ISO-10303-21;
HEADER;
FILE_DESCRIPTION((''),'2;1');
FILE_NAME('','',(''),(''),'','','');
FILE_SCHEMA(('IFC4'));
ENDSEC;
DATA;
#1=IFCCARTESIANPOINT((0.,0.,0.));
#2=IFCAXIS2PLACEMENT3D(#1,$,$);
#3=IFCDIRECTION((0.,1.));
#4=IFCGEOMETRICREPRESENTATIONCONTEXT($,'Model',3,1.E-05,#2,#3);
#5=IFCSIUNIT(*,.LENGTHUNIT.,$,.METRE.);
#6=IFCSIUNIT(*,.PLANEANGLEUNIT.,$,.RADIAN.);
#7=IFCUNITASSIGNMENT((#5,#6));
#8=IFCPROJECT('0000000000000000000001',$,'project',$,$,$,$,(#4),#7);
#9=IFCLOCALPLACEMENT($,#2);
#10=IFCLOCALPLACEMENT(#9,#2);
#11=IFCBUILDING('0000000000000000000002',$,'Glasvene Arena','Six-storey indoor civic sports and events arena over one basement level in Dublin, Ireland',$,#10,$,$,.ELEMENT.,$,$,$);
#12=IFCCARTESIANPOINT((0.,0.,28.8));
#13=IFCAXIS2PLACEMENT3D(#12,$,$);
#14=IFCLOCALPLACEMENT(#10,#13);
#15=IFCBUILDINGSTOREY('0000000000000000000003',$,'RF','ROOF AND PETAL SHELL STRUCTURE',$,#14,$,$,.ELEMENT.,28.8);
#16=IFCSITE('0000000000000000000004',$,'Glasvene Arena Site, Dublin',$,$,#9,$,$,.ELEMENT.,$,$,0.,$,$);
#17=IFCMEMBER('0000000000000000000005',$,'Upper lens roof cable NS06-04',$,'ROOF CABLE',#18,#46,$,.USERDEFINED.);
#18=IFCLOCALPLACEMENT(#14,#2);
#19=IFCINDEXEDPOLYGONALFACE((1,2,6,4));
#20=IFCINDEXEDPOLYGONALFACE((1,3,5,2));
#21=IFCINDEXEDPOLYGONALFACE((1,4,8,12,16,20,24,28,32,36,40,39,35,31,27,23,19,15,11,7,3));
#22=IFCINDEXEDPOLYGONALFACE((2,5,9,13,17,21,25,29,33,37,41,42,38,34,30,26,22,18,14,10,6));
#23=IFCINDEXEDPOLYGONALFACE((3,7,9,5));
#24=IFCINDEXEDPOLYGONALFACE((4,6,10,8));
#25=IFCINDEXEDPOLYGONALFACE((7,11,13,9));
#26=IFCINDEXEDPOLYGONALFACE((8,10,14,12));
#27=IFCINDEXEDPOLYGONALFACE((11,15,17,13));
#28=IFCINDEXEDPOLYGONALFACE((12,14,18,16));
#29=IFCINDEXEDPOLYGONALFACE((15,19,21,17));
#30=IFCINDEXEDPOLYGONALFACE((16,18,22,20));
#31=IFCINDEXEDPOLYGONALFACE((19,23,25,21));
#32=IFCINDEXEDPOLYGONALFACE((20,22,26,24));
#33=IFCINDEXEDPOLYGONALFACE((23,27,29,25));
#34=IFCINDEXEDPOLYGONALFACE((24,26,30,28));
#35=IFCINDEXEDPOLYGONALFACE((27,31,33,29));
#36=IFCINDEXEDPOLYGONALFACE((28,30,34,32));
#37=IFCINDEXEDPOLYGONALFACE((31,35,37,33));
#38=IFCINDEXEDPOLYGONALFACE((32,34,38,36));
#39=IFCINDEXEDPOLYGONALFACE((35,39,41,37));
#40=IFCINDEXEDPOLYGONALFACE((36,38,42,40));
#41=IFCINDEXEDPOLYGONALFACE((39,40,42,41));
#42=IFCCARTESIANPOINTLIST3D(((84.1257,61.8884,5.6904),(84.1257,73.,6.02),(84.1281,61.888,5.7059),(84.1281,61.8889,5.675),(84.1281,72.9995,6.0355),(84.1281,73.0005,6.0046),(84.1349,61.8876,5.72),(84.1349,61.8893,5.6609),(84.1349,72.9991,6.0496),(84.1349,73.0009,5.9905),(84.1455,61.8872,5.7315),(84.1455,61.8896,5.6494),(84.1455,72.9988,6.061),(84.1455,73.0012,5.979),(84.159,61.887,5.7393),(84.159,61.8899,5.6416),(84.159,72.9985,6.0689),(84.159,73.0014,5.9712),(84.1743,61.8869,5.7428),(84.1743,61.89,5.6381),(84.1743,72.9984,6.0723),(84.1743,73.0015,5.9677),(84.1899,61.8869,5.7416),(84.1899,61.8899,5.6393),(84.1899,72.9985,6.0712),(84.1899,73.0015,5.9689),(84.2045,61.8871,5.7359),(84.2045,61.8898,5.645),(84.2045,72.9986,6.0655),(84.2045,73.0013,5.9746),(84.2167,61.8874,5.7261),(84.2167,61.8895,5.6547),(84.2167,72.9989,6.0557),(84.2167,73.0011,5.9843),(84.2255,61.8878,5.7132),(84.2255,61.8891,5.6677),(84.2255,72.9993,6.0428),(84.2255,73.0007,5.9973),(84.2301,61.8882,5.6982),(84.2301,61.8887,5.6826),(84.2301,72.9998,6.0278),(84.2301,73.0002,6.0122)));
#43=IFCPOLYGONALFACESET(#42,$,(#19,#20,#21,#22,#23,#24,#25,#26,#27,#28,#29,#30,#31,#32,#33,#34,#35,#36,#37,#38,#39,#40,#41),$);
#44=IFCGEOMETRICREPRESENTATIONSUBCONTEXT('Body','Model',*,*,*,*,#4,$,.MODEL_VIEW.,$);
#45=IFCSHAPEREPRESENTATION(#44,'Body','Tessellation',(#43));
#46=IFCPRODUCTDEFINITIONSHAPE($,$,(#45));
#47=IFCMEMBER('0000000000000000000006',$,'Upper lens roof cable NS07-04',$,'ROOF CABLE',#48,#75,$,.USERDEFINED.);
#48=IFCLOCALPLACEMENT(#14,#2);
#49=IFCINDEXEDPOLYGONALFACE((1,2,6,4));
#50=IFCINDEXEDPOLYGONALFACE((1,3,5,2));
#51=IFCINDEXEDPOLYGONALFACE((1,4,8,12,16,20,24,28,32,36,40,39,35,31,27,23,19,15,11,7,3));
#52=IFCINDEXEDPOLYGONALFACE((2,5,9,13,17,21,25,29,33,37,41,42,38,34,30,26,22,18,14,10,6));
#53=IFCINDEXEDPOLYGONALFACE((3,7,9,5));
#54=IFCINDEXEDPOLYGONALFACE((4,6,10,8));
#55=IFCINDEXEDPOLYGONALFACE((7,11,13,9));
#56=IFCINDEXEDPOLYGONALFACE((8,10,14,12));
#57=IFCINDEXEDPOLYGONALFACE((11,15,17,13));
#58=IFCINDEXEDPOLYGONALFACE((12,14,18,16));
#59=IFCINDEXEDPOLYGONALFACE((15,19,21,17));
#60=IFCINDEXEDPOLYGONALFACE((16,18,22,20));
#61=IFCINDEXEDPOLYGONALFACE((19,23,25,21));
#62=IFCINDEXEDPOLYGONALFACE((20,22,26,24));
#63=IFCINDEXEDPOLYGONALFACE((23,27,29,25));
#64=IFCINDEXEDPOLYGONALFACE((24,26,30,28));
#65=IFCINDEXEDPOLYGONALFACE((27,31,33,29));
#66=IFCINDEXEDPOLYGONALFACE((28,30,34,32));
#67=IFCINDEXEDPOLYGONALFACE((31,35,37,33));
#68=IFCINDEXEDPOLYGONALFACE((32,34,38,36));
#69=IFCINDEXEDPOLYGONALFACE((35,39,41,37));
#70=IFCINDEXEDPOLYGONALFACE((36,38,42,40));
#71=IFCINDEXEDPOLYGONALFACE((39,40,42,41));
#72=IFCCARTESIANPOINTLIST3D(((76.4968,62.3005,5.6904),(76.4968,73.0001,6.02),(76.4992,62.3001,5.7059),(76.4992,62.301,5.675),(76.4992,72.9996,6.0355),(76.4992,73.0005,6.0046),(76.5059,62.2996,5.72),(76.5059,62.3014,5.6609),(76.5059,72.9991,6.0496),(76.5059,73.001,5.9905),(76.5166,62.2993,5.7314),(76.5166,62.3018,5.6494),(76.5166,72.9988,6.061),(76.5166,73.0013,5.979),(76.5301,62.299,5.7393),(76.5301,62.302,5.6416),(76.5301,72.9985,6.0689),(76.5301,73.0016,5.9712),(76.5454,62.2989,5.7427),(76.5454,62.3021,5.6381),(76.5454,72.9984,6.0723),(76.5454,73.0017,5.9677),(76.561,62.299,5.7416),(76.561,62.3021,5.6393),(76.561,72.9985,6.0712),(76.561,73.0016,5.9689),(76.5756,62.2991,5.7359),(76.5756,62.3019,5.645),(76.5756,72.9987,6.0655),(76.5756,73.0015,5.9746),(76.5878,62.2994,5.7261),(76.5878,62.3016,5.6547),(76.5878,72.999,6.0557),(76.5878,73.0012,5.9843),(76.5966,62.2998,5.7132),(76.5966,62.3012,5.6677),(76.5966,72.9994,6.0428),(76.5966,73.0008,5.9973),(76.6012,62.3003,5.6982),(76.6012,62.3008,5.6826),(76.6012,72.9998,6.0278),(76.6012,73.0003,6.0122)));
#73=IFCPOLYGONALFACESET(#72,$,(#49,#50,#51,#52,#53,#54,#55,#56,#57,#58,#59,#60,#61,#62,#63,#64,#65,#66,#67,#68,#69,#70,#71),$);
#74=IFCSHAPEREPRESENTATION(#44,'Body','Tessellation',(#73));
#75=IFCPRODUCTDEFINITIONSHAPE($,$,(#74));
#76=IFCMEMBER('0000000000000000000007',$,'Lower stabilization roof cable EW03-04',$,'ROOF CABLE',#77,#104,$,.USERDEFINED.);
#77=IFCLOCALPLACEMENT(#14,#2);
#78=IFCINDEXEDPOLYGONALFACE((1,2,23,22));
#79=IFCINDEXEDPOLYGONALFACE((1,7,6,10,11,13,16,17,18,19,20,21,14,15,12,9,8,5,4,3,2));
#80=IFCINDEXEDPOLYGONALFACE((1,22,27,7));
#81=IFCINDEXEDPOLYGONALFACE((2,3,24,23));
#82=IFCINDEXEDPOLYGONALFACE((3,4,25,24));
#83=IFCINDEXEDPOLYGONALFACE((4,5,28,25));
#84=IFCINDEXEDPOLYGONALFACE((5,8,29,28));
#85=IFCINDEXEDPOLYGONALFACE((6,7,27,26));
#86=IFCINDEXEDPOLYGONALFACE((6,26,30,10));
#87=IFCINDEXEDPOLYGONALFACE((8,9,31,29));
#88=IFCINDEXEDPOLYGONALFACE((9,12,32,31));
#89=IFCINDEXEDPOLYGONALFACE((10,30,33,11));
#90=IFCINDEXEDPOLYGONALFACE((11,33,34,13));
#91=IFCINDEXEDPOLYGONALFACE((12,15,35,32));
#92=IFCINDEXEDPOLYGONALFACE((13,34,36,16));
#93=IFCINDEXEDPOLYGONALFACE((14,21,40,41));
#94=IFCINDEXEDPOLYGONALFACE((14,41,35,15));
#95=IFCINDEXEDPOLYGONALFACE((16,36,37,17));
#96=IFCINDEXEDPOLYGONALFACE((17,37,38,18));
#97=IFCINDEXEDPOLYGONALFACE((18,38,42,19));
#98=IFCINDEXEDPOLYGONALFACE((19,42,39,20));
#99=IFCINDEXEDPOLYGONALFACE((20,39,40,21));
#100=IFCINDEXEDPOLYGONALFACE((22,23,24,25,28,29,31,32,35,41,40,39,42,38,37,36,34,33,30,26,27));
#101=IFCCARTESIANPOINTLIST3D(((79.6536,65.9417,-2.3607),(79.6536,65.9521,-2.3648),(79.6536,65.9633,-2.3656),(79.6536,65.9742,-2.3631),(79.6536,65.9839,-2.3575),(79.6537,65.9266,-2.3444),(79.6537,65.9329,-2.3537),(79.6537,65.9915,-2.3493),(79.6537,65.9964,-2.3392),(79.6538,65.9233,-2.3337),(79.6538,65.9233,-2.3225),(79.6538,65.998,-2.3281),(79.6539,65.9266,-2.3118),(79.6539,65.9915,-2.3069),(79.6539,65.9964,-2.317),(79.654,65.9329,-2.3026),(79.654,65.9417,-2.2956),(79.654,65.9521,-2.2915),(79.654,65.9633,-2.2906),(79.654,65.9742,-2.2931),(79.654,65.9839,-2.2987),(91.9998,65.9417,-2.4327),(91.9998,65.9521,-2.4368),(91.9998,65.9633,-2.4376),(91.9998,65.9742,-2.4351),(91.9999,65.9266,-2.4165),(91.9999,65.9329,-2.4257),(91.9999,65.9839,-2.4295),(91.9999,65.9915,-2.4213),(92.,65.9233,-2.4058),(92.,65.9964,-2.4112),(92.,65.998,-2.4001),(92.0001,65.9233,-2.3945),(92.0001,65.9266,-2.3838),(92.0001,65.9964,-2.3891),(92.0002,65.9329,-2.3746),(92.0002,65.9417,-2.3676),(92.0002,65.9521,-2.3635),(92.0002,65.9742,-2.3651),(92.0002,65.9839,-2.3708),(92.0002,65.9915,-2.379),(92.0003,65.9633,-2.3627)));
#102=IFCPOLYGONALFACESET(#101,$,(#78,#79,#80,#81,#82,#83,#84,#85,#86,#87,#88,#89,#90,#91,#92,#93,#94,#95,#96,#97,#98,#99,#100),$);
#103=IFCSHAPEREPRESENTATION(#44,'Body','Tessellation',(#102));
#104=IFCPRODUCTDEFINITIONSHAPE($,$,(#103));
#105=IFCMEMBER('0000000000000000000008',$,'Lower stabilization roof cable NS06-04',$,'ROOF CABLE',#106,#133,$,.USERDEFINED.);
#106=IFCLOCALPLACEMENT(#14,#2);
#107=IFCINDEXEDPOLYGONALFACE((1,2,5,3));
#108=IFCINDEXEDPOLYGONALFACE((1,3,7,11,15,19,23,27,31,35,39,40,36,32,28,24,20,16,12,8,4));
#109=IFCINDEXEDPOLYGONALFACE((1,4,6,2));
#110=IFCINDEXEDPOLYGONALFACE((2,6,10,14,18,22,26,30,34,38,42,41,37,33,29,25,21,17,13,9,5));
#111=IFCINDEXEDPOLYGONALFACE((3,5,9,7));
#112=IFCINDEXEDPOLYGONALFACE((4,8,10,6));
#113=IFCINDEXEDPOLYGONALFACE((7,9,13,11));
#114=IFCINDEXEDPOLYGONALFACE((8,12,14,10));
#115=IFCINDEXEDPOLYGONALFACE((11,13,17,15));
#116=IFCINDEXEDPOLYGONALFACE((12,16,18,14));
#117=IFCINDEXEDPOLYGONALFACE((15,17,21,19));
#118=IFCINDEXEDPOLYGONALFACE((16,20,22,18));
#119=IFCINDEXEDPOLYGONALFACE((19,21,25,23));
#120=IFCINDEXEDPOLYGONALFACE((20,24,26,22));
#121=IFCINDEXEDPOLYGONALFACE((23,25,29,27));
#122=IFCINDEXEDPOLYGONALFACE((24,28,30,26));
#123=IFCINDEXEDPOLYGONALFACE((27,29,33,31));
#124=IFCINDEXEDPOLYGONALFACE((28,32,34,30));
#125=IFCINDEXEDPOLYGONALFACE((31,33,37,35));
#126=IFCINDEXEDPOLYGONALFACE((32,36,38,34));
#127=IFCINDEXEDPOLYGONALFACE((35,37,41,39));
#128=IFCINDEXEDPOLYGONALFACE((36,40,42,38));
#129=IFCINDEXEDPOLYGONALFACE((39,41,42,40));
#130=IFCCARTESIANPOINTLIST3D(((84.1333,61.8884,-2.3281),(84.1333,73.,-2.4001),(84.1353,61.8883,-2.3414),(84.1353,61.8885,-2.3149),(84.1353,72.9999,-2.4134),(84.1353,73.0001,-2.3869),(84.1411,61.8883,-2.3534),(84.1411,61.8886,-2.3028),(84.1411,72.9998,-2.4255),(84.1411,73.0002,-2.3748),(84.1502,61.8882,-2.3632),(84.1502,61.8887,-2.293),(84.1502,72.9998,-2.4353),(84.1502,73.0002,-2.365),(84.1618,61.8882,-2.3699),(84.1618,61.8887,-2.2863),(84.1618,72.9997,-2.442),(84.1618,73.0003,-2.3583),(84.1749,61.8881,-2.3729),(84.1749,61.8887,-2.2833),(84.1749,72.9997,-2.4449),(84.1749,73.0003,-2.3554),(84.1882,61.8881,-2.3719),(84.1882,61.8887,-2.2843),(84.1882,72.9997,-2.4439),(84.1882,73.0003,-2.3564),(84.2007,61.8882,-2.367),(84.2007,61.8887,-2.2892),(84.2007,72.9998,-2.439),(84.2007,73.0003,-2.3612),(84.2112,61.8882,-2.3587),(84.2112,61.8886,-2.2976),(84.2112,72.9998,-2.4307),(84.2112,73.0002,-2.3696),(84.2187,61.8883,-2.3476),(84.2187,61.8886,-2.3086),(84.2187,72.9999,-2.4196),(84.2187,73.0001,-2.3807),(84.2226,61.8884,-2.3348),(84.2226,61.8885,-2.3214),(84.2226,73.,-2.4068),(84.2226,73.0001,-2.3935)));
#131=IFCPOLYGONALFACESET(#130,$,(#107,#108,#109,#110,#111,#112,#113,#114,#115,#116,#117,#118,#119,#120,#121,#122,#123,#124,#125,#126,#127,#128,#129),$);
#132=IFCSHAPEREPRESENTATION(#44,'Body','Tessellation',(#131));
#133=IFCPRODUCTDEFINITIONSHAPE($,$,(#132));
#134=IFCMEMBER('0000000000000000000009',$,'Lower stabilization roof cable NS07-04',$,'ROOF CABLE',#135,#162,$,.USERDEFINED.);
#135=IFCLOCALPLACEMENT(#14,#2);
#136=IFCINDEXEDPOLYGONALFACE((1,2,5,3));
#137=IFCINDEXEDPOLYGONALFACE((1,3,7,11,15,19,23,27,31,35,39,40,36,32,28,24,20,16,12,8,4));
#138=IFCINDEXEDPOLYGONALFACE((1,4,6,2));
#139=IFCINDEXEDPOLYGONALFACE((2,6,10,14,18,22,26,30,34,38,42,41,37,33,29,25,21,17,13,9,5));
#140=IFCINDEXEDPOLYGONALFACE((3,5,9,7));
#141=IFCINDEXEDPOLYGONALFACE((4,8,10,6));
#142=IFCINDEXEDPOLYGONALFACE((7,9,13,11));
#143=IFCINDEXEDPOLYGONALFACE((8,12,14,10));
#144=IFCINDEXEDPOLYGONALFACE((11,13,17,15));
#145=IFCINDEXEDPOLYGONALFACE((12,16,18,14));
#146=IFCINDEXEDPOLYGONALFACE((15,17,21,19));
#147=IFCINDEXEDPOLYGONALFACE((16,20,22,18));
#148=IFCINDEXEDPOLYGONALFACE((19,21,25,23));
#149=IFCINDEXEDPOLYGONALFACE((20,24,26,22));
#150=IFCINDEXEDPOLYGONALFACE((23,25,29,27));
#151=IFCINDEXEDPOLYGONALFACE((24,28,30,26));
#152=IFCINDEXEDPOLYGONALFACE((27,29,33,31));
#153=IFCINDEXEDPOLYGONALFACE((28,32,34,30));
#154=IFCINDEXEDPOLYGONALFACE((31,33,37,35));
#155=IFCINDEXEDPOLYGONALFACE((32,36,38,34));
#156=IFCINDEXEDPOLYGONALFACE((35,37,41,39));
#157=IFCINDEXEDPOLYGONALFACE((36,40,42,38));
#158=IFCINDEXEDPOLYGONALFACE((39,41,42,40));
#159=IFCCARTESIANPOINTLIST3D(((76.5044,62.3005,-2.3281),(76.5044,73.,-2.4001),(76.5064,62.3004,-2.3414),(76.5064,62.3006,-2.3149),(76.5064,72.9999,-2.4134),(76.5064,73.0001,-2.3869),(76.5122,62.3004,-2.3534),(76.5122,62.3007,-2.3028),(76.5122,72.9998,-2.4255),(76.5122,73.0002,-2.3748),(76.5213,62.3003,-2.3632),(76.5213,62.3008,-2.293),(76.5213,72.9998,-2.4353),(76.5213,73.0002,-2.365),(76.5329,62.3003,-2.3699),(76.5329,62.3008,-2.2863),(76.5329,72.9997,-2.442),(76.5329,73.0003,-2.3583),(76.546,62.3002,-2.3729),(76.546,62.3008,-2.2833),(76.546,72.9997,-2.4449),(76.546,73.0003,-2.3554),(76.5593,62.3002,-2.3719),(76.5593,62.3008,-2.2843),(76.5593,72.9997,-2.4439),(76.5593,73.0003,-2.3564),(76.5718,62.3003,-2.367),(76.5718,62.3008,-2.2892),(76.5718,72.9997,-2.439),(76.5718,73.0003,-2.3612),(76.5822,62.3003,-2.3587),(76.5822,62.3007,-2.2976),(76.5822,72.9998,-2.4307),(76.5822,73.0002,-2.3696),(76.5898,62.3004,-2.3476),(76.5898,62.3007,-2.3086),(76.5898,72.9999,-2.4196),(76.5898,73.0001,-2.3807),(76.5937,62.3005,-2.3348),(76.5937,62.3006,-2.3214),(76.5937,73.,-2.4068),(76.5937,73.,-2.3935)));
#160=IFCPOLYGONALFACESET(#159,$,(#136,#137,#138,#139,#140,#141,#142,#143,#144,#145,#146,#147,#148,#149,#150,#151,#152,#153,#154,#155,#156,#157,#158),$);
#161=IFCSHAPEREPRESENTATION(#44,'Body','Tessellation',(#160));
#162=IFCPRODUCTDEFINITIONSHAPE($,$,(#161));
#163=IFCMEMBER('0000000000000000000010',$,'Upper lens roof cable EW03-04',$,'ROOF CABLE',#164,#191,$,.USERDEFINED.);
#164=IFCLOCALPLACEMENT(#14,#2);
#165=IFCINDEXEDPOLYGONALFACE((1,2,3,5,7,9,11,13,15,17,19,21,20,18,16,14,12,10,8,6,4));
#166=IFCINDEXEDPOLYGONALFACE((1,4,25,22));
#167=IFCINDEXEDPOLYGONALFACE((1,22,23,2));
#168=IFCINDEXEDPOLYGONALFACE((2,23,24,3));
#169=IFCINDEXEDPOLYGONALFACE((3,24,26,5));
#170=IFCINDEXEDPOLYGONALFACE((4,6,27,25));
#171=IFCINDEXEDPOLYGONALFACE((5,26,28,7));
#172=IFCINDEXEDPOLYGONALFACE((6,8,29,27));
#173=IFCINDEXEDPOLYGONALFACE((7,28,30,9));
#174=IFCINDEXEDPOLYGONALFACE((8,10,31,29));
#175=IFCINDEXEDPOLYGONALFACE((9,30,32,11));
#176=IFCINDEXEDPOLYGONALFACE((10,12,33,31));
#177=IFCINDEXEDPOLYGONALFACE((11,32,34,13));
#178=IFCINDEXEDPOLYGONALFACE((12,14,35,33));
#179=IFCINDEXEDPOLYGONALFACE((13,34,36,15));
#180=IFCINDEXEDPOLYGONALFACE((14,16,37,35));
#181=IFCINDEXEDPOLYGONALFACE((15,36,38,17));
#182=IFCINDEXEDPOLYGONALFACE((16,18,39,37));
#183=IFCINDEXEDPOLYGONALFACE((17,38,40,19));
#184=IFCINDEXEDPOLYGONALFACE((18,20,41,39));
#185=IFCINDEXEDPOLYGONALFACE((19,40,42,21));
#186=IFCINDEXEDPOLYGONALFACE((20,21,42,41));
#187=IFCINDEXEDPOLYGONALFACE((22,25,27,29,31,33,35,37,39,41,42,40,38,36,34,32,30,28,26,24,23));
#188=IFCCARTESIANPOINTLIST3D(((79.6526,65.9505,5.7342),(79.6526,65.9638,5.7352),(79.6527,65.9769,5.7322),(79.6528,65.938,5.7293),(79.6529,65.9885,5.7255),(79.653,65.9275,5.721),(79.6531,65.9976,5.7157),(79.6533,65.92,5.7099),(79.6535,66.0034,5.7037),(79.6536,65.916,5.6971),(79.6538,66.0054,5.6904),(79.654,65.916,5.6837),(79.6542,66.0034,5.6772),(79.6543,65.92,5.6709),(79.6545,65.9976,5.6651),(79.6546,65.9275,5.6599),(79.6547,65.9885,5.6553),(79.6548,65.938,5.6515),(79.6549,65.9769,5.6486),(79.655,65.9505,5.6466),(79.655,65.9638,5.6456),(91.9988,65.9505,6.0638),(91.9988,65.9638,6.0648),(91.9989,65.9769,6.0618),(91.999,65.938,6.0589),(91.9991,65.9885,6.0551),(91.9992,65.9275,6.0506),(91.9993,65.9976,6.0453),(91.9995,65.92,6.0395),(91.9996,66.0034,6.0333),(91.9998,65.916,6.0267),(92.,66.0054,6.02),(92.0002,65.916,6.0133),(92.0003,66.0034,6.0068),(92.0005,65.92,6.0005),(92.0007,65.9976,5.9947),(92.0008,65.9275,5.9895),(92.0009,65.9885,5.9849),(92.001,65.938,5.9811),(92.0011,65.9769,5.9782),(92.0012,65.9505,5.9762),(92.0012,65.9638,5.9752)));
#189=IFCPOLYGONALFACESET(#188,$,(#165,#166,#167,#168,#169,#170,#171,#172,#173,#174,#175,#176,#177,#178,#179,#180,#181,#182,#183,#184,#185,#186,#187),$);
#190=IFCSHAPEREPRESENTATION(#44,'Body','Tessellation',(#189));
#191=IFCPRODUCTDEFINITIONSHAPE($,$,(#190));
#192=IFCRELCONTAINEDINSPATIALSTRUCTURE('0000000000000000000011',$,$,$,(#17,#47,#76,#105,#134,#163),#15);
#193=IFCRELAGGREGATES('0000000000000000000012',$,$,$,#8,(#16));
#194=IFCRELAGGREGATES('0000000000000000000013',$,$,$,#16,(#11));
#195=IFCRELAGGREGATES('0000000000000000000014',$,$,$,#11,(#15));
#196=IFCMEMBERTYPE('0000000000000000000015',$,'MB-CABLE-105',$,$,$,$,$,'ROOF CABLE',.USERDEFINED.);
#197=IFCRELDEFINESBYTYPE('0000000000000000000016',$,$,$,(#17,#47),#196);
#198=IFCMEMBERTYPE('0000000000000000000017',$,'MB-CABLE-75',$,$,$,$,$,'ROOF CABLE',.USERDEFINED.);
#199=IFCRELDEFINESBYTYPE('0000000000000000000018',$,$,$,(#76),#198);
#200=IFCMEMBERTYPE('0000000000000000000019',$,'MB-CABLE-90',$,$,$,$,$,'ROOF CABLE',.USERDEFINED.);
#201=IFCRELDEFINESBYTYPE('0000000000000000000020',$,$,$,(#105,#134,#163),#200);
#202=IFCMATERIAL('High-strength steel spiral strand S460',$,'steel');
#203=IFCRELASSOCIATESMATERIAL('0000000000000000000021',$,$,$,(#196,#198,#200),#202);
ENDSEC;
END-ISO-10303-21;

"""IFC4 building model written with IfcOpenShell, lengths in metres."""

from ifc_helpers import new_model, si_unit, direction, frame, origin, origin_2d, place, context, subcontext, project, spatial, circle, extrude, material, material_profile, profile_set, type_object, element, save


model = new_model("IFC4")

# Units and contexts
model_context = context("Model", 3, precision=1e-05, world=origin(), true_north=direction((0.0, 1.0)))
body_context = subcontext(model_context, "Body", "Model", "MODEL_VIEW")
ifc_project = project(units=[si_unit("LENGTHUNIT", "METRE"), si_unit("PLANEANGLEUNIT", "RADIAN")], contexts=[model_context])

# Site, building, storey
site_placement = place(None, origin())
site = spatial("IfcSite", under=ifc_project, at=site_placement, Name="Glasvene Arena Site, Dublin", CompositionType="ELEMENT", RefElevation=0.0)
building_placement = place(site_placement, origin())
building = spatial("IfcBuilding", under=site, at=building_placement, Name="Glasvene Arena", Description="Six-storey indoor civic sports and events arena over one basement level in Dublin, Ireland", CompositionType="ELEMENT")
storey_placement = place(building_placement, frame((0.0, 0.0, 28.8)))
storey = spatial("IfcBuildingStorey", under=building, at=storey_placement, Name="RF", Description="ROOF AND PETAL SHELL STRUCTURE", CompositionType="ELEMENT", Elevation=28.8)

# Members
ifc_material_1 = material(Name="High-strength steel spiral strand S460", Category="steel")
ifc_material_profile_1 = material_profile(ifc_material_1, circle(Radius=0.0525, at=origin_2d()), Name="LCSS D105")
ifc_profile_set_1 = profile_set([ifc_material_profile_1], Name="High-strength steel spiral strand S460")
member_type_1 = type_object("IfcMemberType", Name="MB-CABLE-105", ElementType="ROOF CABLE", PredefinedType="USERDEFINED", material=ifc_profile_set_1)
member_1_placement = place(storey_placement, frame((84.1782, 61.8884, 5.6904), z_axis=(0.0, 0.99956, 0.029649), x_axis=(-1.0, 0.0, 0.0)))
element("IfcMember", 1, at=member_1_placement, inside=storey, type_object=member_type_1, Name="Upper lens roof cable NS06-04", ObjectType="ROOF CABLE", PredefinedType="USERDEFINED", context=body_context, shape_type="SweptSolid", body=[
    extrude(circle(Radius=0.0525, at=origin_2d()), origin(), (0.0, 0.0, 1.0), 11.1165),
])
member_2_placement = place(storey_placement, frame((76.5493, 62.3005, 5.6904), z_axis=(0.0, 0.999526, 0.03079), x_axis=(-1.0, 0.0, 0.0)))
element("IfcMember", 2, at=member_2_placement, inside=storey, type_object=member_type_1, Name="Upper lens roof cable NS07-04", ObjectType="ROOF CABLE", PredefinedType="USERDEFINED", context=body_context, shape_type="SweptSolid", body=[
    extrude(circle(Radius=0.0525, at=origin_2d()), origin(), (0.0, 0.0, 1.0), 10.7046),
])
ifc_material_profile_2 = material_profile(ifc_material_1, circle(Radius=0.0376, at=origin_2d()), Name="LCSS D75")
ifc_profile_set_2 = profile_set([ifc_material_profile_2], Name="High-strength steel spiral strand S460")
member_type_2 = type_object("IfcMemberType", Name="MB-CABLE-75", ElementType="ROOF CABLE", PredefinedType="USERDEFINED", material=ifc_profile_set_2)
member_3_placement = place(storey_placement, frame((79.6538, 65.9604, -2.3281), z_axis=(0.999983, 0.0, -0.005833), x_axis=(0.0, 1.0, 0.0)))
element("IfcMember", 3, at=member_3_placement, inside=storey, type_object=member_type_2, Name="Lower stabilization roof cable EW03-04", ObjectType="ROOF CABLE", PredefinedType="USERDEFINED", context=body_context, shape_type="SweptSolid", body=[
    extrude(circle(Radius=0.0376, at=origin_2d()), origin(), (0.0, 0.0, 1.0), 12.3464),
])
ifc_material_profile_3 = material_profile(ifc_material_1, circle(Radius=0.0449, at=origin_2d()), Name="LCSS D90")
ifc_profile_set_3 = profile_set([ifc_material_profile_3], Name="High-strength steel spiral strand S460")
member_type_3 = type_object("IfcMemberType", Name="MB-CABLE-90", ElementType="ROOF CABLE", PredefinedType="USERDEFINED", material=ifc_profile_set_3)
member_4_placement = place(storey_placement, frame((84.1782, 61.8884, -2.3281), z_axis=(0.0, 0.999979, -0.006482), x_axis=(-1.0, 0.0, 0.0)))
element("IfcMember", 4, at=member_4_placement, inside=storey, type_object=member_type_3, Name="Lower stabilization roof cable NS06-04", ObjectType="ROOF CABLE", PredefinedType="USERDEFINED", context=body_context, shape_type="SweptSolid", body=[
    extrude(circle(Radius=0.0449, at=origin_2d()), origin(), (0.0, 0.0, 1.0), 11.1118),
])
member_5_placement = place(storey_placement, frame((76.5493, 62.3005, -2.3281), z_axis=(0.0, 0.999977, -0.006731), x_axis=(-1.0, 0.0, 0.0)))
element("IfcMember", 5, at=member_5_placement, inside=storey, type_object=member_type_3, Name="Lower stabilization roof cable NS07-04", ObjectType="ROOF CABLE", PredefinedType="USERDEFINED", context=body_context, shape_type="SweptSolid", body=[
    extrude(circle(Radius=0.0449, at=origin_2d()), origin(), (0.0, 0.0, 1.0), 10.6997),
])
member_6_placement = place(storey_placement, frame((79.6538, 65.9604, 5.6904), z_axis=(0.999644, 0.0, 0.026686), x_axis=(0.0, 1.0, 0.0)))
element("IfcMember", 6, at=member_6_placement, inside=storey, type_object=member_type_3, Name="Upper lens roof cable EW03-04", ObjectType="ROOF CABLE", PredefinedType="USERDEFINED", context=body_context, shape_type="SweptSolid", body=[
    extrude(circle(Radius=0.0449, at=origin_2d()), origin(), (0.0, 0.0, 1.0), 12.3506),
])

save(model, "model.ifc")
